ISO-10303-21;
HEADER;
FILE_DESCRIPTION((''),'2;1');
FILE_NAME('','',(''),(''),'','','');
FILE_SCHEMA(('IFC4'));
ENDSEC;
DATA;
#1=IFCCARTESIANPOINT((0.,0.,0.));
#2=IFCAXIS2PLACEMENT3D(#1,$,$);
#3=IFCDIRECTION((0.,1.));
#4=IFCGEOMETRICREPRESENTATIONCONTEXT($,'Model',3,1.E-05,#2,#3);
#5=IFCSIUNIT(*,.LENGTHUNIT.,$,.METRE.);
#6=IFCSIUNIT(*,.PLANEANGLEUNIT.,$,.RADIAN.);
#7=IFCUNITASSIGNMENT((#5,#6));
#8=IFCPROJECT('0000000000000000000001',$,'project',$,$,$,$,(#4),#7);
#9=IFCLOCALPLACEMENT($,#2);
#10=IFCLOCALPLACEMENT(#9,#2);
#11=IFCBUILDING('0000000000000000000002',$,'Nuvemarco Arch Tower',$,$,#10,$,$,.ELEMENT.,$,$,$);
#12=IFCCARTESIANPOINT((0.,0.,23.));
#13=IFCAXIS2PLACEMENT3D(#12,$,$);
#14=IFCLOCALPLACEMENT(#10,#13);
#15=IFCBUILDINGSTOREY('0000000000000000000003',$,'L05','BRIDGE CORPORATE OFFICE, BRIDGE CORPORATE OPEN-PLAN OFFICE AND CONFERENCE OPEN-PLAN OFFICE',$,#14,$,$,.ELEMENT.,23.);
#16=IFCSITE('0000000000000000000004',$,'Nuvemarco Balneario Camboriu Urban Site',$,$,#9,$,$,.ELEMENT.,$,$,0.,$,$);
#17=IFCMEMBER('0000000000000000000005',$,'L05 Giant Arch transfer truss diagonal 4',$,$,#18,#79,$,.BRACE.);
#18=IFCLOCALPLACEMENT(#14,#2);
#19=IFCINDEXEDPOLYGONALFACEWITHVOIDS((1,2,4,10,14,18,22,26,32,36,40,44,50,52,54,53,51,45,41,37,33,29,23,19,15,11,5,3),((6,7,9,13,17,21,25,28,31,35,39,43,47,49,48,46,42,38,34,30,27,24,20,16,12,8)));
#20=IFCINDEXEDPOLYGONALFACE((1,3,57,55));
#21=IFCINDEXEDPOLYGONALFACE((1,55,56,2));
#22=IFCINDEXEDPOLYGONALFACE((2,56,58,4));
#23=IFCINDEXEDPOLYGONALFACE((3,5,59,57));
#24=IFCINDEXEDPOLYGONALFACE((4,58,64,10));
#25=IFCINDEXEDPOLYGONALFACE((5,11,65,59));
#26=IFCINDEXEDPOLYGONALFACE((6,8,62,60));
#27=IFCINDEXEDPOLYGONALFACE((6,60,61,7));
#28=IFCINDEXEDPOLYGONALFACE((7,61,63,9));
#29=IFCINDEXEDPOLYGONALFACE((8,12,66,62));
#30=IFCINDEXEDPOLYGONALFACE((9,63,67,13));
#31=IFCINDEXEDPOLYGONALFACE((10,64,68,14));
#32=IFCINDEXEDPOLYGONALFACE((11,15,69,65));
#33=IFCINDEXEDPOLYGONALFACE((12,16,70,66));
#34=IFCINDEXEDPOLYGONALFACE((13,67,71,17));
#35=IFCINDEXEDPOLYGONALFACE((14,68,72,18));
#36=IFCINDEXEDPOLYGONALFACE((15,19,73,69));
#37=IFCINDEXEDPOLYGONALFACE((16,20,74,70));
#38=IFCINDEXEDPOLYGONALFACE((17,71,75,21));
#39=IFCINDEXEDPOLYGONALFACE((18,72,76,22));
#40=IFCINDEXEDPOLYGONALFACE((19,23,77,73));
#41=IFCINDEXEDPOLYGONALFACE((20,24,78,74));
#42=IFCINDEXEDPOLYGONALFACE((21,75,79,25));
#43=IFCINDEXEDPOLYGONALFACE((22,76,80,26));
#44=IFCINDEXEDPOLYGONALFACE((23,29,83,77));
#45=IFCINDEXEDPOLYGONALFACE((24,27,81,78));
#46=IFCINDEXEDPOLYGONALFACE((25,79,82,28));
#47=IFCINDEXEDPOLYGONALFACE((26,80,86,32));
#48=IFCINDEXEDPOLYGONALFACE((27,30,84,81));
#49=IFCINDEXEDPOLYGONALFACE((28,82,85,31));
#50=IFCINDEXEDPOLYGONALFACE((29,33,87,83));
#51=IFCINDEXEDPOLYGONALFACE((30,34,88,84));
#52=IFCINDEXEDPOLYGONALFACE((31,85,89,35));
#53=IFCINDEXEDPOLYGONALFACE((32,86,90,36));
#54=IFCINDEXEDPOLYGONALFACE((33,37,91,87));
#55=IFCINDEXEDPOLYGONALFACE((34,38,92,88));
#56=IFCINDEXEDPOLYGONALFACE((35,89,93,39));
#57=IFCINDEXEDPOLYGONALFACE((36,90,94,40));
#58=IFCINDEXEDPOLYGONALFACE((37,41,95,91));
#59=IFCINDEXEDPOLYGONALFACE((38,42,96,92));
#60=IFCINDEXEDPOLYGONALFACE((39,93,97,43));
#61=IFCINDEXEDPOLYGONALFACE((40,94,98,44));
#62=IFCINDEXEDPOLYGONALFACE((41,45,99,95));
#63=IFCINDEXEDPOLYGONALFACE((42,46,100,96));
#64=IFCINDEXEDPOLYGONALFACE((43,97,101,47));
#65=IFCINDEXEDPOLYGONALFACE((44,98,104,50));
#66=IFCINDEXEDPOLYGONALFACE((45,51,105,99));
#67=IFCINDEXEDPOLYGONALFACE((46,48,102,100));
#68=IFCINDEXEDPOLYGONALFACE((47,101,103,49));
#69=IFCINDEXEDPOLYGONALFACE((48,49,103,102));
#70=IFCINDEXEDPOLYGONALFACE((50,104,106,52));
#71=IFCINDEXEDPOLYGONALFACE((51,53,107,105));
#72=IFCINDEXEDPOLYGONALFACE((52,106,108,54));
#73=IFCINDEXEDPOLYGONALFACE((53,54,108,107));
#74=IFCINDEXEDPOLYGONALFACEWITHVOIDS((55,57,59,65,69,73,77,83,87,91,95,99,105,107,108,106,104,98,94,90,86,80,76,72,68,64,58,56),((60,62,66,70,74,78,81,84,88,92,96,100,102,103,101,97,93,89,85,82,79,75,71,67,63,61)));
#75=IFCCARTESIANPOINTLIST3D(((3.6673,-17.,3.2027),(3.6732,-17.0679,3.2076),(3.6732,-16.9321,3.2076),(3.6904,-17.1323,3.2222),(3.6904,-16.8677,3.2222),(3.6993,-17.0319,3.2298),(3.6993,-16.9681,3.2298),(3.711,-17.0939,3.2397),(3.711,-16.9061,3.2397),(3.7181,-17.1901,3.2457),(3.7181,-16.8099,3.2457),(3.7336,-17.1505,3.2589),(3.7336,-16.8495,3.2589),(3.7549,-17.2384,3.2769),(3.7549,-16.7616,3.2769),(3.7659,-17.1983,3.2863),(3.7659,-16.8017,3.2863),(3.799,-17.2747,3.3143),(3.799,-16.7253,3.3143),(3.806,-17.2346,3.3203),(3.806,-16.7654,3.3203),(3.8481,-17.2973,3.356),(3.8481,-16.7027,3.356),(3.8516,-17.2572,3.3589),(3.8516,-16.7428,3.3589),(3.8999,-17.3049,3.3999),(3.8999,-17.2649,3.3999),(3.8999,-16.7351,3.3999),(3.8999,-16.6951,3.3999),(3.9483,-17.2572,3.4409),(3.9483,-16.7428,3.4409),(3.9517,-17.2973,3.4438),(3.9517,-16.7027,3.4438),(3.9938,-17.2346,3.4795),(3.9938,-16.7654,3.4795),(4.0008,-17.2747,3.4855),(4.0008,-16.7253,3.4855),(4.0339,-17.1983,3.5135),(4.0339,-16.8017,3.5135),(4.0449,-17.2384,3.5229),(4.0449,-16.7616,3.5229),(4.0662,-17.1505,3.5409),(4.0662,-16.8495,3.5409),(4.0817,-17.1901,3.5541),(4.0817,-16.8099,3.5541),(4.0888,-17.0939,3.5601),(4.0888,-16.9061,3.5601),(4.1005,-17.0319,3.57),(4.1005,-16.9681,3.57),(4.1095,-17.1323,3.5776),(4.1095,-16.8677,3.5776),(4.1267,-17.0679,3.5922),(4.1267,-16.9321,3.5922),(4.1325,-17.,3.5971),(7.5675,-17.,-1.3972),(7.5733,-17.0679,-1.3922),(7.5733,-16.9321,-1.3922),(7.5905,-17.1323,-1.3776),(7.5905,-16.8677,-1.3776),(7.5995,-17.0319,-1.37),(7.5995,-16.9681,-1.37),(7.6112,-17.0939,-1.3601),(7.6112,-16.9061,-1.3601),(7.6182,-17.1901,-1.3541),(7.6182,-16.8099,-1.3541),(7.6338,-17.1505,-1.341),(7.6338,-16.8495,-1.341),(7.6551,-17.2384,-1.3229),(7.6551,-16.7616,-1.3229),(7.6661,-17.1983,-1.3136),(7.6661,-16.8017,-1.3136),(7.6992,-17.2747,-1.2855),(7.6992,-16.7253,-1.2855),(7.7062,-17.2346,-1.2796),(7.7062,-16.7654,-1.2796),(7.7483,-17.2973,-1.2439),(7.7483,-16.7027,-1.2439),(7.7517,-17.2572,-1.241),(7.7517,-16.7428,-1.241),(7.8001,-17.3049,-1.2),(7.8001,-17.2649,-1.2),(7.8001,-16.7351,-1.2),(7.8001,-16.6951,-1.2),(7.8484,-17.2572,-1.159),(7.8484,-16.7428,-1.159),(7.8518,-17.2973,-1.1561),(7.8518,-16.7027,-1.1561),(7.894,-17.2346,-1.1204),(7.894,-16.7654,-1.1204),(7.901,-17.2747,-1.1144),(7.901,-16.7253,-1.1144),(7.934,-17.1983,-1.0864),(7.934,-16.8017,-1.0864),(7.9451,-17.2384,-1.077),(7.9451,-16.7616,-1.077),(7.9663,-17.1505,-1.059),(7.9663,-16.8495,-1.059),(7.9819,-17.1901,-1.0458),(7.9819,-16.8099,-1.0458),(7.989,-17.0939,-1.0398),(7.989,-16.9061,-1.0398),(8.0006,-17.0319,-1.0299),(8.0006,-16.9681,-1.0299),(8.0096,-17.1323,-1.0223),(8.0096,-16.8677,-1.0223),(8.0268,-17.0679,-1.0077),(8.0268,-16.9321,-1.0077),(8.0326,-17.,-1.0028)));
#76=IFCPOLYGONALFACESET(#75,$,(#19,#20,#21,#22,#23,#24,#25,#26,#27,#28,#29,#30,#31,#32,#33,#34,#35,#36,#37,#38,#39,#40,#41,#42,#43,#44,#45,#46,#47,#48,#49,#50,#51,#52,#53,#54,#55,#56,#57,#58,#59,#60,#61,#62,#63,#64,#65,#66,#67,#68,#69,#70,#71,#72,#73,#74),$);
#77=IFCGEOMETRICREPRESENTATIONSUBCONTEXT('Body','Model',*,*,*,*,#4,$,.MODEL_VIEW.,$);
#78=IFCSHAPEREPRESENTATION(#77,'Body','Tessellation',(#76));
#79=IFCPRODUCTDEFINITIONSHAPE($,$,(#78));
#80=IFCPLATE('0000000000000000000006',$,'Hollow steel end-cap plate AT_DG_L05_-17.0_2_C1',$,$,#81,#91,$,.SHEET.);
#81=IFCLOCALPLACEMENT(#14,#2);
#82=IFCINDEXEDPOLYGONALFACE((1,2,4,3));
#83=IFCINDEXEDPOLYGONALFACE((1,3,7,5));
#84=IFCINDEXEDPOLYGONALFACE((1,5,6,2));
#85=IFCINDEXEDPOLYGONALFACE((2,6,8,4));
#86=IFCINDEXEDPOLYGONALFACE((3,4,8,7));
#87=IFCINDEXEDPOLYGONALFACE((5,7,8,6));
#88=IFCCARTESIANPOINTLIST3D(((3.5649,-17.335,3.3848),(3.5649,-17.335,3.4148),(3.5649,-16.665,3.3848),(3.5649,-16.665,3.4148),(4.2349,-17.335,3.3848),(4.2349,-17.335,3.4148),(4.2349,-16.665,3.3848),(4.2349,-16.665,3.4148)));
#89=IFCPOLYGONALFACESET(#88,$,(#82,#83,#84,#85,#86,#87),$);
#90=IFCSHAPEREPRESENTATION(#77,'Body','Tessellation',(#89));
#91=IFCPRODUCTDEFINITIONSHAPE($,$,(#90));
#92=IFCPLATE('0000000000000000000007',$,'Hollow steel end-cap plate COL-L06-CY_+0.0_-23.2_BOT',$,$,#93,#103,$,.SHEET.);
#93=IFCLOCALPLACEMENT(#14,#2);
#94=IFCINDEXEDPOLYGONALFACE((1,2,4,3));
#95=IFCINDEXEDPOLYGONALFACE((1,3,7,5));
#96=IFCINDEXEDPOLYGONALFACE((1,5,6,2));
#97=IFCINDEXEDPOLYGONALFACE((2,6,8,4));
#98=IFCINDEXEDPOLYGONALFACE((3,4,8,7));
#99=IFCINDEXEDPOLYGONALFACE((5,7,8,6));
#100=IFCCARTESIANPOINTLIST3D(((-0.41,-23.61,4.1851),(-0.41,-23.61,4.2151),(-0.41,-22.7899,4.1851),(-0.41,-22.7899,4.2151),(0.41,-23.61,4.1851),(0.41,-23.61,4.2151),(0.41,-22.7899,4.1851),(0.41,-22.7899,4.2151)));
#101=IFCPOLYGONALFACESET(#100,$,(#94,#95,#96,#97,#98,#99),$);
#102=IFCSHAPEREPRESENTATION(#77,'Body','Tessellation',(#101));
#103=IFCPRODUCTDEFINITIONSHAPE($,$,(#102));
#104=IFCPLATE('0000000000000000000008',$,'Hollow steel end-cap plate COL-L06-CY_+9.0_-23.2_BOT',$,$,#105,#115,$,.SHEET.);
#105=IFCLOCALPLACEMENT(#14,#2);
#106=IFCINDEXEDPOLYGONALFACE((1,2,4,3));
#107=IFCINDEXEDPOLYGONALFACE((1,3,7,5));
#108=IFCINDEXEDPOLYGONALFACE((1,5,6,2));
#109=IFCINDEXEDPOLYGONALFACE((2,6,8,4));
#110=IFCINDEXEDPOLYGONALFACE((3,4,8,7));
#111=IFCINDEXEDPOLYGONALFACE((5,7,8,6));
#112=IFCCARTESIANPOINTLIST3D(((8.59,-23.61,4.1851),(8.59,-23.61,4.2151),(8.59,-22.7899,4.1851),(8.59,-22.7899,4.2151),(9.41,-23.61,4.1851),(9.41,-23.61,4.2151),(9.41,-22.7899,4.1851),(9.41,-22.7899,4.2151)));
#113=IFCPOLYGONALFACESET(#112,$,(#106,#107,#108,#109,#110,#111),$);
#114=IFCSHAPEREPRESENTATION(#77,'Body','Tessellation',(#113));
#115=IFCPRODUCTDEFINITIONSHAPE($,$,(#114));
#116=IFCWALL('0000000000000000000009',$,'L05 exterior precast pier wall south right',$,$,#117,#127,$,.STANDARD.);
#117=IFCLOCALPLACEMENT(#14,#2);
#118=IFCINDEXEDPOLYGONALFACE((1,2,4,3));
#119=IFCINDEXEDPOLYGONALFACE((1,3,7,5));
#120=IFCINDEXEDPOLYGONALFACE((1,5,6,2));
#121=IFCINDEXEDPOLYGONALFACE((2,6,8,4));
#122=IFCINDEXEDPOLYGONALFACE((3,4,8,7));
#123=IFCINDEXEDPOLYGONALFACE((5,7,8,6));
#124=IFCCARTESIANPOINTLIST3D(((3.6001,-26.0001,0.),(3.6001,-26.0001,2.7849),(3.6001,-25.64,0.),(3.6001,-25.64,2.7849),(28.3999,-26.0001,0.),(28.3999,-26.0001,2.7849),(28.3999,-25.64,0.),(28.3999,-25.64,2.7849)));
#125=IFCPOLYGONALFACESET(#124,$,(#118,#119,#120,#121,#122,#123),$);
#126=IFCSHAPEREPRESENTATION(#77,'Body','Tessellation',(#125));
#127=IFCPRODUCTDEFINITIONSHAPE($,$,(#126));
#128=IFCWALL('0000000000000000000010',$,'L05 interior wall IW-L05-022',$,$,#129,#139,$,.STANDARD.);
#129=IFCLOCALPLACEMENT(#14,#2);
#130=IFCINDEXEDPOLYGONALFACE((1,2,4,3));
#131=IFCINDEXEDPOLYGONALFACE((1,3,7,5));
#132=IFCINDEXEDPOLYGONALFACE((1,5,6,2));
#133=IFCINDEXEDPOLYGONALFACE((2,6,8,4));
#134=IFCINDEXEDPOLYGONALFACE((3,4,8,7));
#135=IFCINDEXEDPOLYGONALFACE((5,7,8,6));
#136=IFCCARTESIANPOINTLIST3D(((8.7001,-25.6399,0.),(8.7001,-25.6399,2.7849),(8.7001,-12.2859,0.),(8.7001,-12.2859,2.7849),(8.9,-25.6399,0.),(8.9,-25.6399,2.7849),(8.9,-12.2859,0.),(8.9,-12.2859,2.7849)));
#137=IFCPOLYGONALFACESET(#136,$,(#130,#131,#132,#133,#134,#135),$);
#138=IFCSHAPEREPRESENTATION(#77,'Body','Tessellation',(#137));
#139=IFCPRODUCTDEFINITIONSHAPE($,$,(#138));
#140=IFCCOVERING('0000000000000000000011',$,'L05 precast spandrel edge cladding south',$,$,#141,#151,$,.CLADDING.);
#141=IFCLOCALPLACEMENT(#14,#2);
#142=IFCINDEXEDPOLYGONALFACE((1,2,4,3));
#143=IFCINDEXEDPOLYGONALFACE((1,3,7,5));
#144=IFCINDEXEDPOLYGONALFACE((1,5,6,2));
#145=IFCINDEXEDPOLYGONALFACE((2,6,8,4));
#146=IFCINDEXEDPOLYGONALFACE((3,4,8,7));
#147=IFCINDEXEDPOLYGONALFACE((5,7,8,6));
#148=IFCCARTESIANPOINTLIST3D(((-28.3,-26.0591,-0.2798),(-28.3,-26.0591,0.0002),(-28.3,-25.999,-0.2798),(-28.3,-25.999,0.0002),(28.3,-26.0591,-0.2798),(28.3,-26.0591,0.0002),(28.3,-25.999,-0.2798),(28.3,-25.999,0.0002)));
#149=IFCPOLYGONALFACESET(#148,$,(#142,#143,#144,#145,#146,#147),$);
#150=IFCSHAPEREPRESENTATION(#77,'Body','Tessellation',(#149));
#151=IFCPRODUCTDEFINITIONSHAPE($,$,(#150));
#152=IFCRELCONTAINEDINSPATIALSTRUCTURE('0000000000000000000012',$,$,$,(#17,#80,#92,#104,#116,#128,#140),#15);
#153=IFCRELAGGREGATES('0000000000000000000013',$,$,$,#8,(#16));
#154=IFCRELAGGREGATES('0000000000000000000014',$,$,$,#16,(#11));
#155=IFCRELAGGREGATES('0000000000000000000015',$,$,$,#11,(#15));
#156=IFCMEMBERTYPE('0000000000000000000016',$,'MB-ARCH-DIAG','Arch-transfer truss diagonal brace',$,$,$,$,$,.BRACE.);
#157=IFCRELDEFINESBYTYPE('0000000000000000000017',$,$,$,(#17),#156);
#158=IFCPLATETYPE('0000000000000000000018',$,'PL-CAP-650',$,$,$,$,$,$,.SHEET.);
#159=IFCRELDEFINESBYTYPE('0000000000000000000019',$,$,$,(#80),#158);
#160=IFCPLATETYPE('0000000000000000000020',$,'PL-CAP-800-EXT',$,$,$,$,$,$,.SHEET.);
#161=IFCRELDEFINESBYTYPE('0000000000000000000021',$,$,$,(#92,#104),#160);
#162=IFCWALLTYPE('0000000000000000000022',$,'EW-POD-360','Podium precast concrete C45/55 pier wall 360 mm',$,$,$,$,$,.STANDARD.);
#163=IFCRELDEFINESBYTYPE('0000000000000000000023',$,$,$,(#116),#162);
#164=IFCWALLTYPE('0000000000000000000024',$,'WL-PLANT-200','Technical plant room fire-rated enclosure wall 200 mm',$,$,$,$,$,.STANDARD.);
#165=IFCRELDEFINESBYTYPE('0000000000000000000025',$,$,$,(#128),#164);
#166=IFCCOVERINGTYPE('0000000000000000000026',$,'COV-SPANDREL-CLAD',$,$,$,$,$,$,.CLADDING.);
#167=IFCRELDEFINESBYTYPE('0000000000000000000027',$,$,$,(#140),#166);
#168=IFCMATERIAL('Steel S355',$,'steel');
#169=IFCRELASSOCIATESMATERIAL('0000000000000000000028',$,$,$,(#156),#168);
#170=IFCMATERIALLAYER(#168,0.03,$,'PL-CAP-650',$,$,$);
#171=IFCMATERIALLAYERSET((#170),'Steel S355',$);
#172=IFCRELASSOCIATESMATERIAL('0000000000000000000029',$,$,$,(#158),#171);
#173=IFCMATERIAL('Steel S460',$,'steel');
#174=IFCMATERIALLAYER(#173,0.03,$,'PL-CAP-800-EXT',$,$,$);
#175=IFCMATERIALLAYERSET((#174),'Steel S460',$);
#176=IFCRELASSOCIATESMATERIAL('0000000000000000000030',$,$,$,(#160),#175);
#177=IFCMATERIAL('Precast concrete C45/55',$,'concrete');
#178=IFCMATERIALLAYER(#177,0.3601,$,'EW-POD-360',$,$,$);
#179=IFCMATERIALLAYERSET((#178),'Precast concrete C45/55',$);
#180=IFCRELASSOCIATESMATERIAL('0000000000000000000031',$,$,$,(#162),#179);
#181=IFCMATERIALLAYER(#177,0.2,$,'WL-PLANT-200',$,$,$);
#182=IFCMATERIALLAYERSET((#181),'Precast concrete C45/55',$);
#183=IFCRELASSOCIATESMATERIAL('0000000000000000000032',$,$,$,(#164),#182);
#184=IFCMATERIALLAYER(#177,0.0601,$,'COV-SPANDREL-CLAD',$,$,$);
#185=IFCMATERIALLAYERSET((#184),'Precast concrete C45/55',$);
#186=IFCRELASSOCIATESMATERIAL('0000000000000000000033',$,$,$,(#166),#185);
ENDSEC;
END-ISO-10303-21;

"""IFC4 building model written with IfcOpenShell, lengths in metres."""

from ifc_helpers import new_model, si_unit, direction, frame, frame_2d, origin, origin_2d, place, context, subcontext, project, spatial, rectangle, hollow_circle, extrude, source, transform, mapped, material, layer, layer_set, material_profile, profile_set, type_object, type_shapes, element, save


model = new_model("IFC4")

# Units and contexts
model_context = context("Model", 3, precision=1e-05, world=origin(), true_north=direction((0.0, 1.0)))
body_context = subcontext(model_context, "Body", "Model", "MODEL_VIEW")
ifc_project = project(units=[si_unit("LENGTHUNIT", "METRE"), si_unit("PLANEANGLEUNIT", "RADIAN")], contexts=[model_context])

# Site, building, storey
site_placement = place(None, origin())
site = spatial("IfcSite", under=ifc_project, at=site_placement, Name="Nuvemarco Balneario Camboriu Urban Site", CompositionType="ELEMENT", RefElevation=0.0)
building_placement = place(site_placement, origin())
building = spatial("IfcBuilding", under=site, at=building_placement, Name="Nuvemarco Arch Tower", CompositionType="ELEMENT")
storey_placement = place(building_placement, frame((0.0, 0.0, 23.0)))
storey = spatial("IfcBuildingStorey", under=building, at=storey_placement, Name="L05", Description="BRIDGE CORPORATE OFFICE, BRIDGE CORPORATE OPEN-PLAN OFFICE AND CONFERENCE OPEN-PLAN OFFICE", CompositionType="ELEMENT", Elevation=23.0)

# Shared definitions
ifc_material_1 = material(Name="Steel S355", Category="steel")

# Shared definitions
ifc_material_2 = material(Name="Precast concrete C45/55", Category="concrete")

# Member
ifc_material_profile_1 = material_profile(ifc_material_1, hollow_circle(Radius=0.3049, WallThickness=0.04, at=origin_2d()), Name="CHS610x40")
ifc_profile_set_1 = profile_set([ifc_material_profile_1], Name="Steel S355")
member_type = type_object("IfcMemberType", Name="MB-ARCH-DIAG", Description="Arch-transfer truss diagonal brace", PredefinedType="BRACE", material=ifc_profile_set_1)
member_placement = place(storey_placement, frame((3.8999, -17.0, 3.3999), z_axis=(0.646711, 0.0, -0.762735), x_axis=(0.0, 1.0, 0.0)))
element("IfcMember", 1, at=member_placement, inside=storey, type_object=member_type, Name="L05 Giant Arch transfer truss diagonal 4", PredefinedType="BRACE", context=body_context, shape_type="SweptSolid", body=[
    extrude(hollow_circle(Radius=0.3049, WallThickness=0.04, at=origin_2d()), origin(), (0.0, 0.0, 1.0), 6.0308),
])

# Plates
ifc_layer_1 = layer(ifc_material_1, 0.03, Name="PL-CAP-650")
ifc_layer_set_1 = layer_set([ifc_layer_1], Name="Steel S355")
plate_type_1 = type_object("IfcPlateType", Name="PL-CAP-650", PredefinedType="SHEET", material=ifc_layer_set_1)
shared_shape_1 = source(origin(), body_context, "Body", "SweptSolid", [
    extrude(rectangle(XDim=0.6699, YDim=0.6699, at=origin_2d()), origin(), (0.0, 0.0, 1.0), 0.03),
])
type_shapes(plate_type_1, [shared_shape_1])
plate_placement = place(storey_placement, frame((3.8999, -17.0, 3.3848), z_axis=(0.0, 0.0, 1.0), x_axis=(1.0, 0.0, 0.0)))
element("IfcPlate", 2, at=plate_placement, inside=storey, type_object=plate_type_1, Name="Hollow steel end-cap plate AT_DG_L05_-17.0_2_C1", PredefinedType="SHEET", context=body_context, shape_type="MappedRepresentation", body=[
    mapped(shared_shape_1, transform((0.0, 0.0, 0.0), scale=1.0)),
])
ifc_material_3 = material(Name="Steel S460", Category="steel")
ifc_layer_2 = layer(ifc_material_3, 0.03, Name="PL-CAP-800-EXT")
ifc_layer_set_2 = layer_set([ifc_layer_2], Name="Steel S460")
plate_type_2 = type_object("IfcPlateType", Name="PL-CAP-800-EXT", PredefinedType="SHEET", material=ifc_layer_set_2)
shared_shape_2 = source(origin(), body_context, "Body", "SweptSolid", [
    extrude(rectangle(XDim=0.8201, YDim=0.8201, at=origin_2d()), origin(), (0.0, 0.0, 1.0), 0.03),
])
type_shapes(plate_type_2, [shared_shape_2])
for number, where, z_axis, x_axis, name in (
    (3, (0.0, -23.2, 4.1851), (0.0, 0.0, 1.0), (1.0, 0.0, 0.0), "Hollow steel end-cap plate COL-L06-CY_+0.0_-23.2_BOT"),
    (4, (9.0, -23.2, 4.1851), (0.0, 0.0, 1.0), (1.0, 0.0, 0.0), "Hollow steel end-cap plate COL-L06-CY_+9.0_-23.2_BOT"),
):
    element("IfcPlate", number, at=place(storey_placement, frame(where, z_axis=z_axis, x_axis=x_axis)), inside=storey, type_object=plate_type_2, Name=name, PredefinedType="SHEET", context=body_context, shape_type="MappedRepresentation", body=[
        mapped(shared_shape_2, transform((0.0, 0.0, 0.0), scale=1.0)),
    ])

# Walls
ifc_layer_3 = layer(ifc_material_2, 0.3601, Name="EW-POD-360")
ifc_layer_set_3 = layer_set([ifc_layer_3], Name="Precast concrete C45/55")
wall_type_1 = type_object("IfcWallType", Name="EW-POD-360", Description="Podium precast concrete C45/55 pier wall 360 mm", PredefinedType="STANDARD", material=ifc_layer_set_3)
wall_1_placement = place(storey_placement, frame((3.6001, -25.8201, 0.0), z_axis=(0.0, 0.0, 1.0), x_axis=(1.0, 0.0, 0.0)))
element("IfcWall", 5, at=wall_1_placement, inside=storey, type_object=wall_type_1, Name="L05 exterior precast pier wall south right", PredefinedType="STANDARD", context=body_context, shape_type="SweptSolid", body=[
    extrude(rectangle(XDim=24.7998, YDim=0.3601, at=frame_2d((12.3999, 0.0))), origin(), (0.0, 0.0, 1.0), 2.7849),
])
ifc_layer_4 = layer(ifc_material_2, 0.2, Name="WL-PLANT-200")
ifc_layer_set_4 = layer_set([ifc_layer_4], Name="Precast concrete C45/55")
wall_type_2 = type_object("IfcWallType", Name="WL-PLANT-200", Description="Technical plant room fire-rated enclosure wall 200 mm", PredefinedType="STANDARD", material=ifc_layer_set_4)
wall_2_placement = place(storey_placement, frame((8.8, -25.6399, 0.0), z_axis=(0.0, 0.0, 1.0), x_axis=(0.0, 1.0, 0.0)))
element("IfcWall", 6, at=wall_2_placement, inside=storey, type_object=wall_type_2, Name="L05 interior wall IW-L05-022", PredefinedType="STANDARD", context=body_context, shape_type="SweptSolid", body=[
    extrude(rectangle(XDim=13.354, YDim=0.2, at=frame_2d((6.677, 0.0))), origin(), (0.0, 0.0, 1.0), 2.7849),
])

# Covering
ifc_layer_5 = layer(ifc_material_2, 0.0601, Name="COV-SPANDREL-CLAD")
ifc_layer_set_5 = layer_set([ifc_layer_5], Name="Precast concrete C45/55")
covering_type = type_object("IfcCoveringType", Name="COV-SPANDREL-CLAD", PredefinedType="CLADDING", material=ifc_layer_set_5)
shared_shape_3 = source(origin(), body_context, "Body", "SweptSolid", [
    extrude(rectangle(XDim=56.6001, YDim=0.0601, at=origin_2d()), origin(), (0.0, 0.0, 1.0), 0.28),
])
type_shapes(covering_type, [shared_shape_3])
covering_placement = place(storey_placement, frame((0.0, -26.0291, -0.2798), z_axis=(0.0, 0.0, 1.0), x_axis=(1.0, 0.0, 0.0)))
element("IfcCovering", 7, at=covering_placement, inside=storey, type_object=covering_type, Name="L05 precast spandrel edge cladding south", PredefinedType="CLADDING", context=body_context, shape_type="MappedRepresentation", body=[
    mapped(shared_shape_3, transform((0.0, 0.0, 0.0), scale=1.0)),
])

save(model, "model.ifc")
